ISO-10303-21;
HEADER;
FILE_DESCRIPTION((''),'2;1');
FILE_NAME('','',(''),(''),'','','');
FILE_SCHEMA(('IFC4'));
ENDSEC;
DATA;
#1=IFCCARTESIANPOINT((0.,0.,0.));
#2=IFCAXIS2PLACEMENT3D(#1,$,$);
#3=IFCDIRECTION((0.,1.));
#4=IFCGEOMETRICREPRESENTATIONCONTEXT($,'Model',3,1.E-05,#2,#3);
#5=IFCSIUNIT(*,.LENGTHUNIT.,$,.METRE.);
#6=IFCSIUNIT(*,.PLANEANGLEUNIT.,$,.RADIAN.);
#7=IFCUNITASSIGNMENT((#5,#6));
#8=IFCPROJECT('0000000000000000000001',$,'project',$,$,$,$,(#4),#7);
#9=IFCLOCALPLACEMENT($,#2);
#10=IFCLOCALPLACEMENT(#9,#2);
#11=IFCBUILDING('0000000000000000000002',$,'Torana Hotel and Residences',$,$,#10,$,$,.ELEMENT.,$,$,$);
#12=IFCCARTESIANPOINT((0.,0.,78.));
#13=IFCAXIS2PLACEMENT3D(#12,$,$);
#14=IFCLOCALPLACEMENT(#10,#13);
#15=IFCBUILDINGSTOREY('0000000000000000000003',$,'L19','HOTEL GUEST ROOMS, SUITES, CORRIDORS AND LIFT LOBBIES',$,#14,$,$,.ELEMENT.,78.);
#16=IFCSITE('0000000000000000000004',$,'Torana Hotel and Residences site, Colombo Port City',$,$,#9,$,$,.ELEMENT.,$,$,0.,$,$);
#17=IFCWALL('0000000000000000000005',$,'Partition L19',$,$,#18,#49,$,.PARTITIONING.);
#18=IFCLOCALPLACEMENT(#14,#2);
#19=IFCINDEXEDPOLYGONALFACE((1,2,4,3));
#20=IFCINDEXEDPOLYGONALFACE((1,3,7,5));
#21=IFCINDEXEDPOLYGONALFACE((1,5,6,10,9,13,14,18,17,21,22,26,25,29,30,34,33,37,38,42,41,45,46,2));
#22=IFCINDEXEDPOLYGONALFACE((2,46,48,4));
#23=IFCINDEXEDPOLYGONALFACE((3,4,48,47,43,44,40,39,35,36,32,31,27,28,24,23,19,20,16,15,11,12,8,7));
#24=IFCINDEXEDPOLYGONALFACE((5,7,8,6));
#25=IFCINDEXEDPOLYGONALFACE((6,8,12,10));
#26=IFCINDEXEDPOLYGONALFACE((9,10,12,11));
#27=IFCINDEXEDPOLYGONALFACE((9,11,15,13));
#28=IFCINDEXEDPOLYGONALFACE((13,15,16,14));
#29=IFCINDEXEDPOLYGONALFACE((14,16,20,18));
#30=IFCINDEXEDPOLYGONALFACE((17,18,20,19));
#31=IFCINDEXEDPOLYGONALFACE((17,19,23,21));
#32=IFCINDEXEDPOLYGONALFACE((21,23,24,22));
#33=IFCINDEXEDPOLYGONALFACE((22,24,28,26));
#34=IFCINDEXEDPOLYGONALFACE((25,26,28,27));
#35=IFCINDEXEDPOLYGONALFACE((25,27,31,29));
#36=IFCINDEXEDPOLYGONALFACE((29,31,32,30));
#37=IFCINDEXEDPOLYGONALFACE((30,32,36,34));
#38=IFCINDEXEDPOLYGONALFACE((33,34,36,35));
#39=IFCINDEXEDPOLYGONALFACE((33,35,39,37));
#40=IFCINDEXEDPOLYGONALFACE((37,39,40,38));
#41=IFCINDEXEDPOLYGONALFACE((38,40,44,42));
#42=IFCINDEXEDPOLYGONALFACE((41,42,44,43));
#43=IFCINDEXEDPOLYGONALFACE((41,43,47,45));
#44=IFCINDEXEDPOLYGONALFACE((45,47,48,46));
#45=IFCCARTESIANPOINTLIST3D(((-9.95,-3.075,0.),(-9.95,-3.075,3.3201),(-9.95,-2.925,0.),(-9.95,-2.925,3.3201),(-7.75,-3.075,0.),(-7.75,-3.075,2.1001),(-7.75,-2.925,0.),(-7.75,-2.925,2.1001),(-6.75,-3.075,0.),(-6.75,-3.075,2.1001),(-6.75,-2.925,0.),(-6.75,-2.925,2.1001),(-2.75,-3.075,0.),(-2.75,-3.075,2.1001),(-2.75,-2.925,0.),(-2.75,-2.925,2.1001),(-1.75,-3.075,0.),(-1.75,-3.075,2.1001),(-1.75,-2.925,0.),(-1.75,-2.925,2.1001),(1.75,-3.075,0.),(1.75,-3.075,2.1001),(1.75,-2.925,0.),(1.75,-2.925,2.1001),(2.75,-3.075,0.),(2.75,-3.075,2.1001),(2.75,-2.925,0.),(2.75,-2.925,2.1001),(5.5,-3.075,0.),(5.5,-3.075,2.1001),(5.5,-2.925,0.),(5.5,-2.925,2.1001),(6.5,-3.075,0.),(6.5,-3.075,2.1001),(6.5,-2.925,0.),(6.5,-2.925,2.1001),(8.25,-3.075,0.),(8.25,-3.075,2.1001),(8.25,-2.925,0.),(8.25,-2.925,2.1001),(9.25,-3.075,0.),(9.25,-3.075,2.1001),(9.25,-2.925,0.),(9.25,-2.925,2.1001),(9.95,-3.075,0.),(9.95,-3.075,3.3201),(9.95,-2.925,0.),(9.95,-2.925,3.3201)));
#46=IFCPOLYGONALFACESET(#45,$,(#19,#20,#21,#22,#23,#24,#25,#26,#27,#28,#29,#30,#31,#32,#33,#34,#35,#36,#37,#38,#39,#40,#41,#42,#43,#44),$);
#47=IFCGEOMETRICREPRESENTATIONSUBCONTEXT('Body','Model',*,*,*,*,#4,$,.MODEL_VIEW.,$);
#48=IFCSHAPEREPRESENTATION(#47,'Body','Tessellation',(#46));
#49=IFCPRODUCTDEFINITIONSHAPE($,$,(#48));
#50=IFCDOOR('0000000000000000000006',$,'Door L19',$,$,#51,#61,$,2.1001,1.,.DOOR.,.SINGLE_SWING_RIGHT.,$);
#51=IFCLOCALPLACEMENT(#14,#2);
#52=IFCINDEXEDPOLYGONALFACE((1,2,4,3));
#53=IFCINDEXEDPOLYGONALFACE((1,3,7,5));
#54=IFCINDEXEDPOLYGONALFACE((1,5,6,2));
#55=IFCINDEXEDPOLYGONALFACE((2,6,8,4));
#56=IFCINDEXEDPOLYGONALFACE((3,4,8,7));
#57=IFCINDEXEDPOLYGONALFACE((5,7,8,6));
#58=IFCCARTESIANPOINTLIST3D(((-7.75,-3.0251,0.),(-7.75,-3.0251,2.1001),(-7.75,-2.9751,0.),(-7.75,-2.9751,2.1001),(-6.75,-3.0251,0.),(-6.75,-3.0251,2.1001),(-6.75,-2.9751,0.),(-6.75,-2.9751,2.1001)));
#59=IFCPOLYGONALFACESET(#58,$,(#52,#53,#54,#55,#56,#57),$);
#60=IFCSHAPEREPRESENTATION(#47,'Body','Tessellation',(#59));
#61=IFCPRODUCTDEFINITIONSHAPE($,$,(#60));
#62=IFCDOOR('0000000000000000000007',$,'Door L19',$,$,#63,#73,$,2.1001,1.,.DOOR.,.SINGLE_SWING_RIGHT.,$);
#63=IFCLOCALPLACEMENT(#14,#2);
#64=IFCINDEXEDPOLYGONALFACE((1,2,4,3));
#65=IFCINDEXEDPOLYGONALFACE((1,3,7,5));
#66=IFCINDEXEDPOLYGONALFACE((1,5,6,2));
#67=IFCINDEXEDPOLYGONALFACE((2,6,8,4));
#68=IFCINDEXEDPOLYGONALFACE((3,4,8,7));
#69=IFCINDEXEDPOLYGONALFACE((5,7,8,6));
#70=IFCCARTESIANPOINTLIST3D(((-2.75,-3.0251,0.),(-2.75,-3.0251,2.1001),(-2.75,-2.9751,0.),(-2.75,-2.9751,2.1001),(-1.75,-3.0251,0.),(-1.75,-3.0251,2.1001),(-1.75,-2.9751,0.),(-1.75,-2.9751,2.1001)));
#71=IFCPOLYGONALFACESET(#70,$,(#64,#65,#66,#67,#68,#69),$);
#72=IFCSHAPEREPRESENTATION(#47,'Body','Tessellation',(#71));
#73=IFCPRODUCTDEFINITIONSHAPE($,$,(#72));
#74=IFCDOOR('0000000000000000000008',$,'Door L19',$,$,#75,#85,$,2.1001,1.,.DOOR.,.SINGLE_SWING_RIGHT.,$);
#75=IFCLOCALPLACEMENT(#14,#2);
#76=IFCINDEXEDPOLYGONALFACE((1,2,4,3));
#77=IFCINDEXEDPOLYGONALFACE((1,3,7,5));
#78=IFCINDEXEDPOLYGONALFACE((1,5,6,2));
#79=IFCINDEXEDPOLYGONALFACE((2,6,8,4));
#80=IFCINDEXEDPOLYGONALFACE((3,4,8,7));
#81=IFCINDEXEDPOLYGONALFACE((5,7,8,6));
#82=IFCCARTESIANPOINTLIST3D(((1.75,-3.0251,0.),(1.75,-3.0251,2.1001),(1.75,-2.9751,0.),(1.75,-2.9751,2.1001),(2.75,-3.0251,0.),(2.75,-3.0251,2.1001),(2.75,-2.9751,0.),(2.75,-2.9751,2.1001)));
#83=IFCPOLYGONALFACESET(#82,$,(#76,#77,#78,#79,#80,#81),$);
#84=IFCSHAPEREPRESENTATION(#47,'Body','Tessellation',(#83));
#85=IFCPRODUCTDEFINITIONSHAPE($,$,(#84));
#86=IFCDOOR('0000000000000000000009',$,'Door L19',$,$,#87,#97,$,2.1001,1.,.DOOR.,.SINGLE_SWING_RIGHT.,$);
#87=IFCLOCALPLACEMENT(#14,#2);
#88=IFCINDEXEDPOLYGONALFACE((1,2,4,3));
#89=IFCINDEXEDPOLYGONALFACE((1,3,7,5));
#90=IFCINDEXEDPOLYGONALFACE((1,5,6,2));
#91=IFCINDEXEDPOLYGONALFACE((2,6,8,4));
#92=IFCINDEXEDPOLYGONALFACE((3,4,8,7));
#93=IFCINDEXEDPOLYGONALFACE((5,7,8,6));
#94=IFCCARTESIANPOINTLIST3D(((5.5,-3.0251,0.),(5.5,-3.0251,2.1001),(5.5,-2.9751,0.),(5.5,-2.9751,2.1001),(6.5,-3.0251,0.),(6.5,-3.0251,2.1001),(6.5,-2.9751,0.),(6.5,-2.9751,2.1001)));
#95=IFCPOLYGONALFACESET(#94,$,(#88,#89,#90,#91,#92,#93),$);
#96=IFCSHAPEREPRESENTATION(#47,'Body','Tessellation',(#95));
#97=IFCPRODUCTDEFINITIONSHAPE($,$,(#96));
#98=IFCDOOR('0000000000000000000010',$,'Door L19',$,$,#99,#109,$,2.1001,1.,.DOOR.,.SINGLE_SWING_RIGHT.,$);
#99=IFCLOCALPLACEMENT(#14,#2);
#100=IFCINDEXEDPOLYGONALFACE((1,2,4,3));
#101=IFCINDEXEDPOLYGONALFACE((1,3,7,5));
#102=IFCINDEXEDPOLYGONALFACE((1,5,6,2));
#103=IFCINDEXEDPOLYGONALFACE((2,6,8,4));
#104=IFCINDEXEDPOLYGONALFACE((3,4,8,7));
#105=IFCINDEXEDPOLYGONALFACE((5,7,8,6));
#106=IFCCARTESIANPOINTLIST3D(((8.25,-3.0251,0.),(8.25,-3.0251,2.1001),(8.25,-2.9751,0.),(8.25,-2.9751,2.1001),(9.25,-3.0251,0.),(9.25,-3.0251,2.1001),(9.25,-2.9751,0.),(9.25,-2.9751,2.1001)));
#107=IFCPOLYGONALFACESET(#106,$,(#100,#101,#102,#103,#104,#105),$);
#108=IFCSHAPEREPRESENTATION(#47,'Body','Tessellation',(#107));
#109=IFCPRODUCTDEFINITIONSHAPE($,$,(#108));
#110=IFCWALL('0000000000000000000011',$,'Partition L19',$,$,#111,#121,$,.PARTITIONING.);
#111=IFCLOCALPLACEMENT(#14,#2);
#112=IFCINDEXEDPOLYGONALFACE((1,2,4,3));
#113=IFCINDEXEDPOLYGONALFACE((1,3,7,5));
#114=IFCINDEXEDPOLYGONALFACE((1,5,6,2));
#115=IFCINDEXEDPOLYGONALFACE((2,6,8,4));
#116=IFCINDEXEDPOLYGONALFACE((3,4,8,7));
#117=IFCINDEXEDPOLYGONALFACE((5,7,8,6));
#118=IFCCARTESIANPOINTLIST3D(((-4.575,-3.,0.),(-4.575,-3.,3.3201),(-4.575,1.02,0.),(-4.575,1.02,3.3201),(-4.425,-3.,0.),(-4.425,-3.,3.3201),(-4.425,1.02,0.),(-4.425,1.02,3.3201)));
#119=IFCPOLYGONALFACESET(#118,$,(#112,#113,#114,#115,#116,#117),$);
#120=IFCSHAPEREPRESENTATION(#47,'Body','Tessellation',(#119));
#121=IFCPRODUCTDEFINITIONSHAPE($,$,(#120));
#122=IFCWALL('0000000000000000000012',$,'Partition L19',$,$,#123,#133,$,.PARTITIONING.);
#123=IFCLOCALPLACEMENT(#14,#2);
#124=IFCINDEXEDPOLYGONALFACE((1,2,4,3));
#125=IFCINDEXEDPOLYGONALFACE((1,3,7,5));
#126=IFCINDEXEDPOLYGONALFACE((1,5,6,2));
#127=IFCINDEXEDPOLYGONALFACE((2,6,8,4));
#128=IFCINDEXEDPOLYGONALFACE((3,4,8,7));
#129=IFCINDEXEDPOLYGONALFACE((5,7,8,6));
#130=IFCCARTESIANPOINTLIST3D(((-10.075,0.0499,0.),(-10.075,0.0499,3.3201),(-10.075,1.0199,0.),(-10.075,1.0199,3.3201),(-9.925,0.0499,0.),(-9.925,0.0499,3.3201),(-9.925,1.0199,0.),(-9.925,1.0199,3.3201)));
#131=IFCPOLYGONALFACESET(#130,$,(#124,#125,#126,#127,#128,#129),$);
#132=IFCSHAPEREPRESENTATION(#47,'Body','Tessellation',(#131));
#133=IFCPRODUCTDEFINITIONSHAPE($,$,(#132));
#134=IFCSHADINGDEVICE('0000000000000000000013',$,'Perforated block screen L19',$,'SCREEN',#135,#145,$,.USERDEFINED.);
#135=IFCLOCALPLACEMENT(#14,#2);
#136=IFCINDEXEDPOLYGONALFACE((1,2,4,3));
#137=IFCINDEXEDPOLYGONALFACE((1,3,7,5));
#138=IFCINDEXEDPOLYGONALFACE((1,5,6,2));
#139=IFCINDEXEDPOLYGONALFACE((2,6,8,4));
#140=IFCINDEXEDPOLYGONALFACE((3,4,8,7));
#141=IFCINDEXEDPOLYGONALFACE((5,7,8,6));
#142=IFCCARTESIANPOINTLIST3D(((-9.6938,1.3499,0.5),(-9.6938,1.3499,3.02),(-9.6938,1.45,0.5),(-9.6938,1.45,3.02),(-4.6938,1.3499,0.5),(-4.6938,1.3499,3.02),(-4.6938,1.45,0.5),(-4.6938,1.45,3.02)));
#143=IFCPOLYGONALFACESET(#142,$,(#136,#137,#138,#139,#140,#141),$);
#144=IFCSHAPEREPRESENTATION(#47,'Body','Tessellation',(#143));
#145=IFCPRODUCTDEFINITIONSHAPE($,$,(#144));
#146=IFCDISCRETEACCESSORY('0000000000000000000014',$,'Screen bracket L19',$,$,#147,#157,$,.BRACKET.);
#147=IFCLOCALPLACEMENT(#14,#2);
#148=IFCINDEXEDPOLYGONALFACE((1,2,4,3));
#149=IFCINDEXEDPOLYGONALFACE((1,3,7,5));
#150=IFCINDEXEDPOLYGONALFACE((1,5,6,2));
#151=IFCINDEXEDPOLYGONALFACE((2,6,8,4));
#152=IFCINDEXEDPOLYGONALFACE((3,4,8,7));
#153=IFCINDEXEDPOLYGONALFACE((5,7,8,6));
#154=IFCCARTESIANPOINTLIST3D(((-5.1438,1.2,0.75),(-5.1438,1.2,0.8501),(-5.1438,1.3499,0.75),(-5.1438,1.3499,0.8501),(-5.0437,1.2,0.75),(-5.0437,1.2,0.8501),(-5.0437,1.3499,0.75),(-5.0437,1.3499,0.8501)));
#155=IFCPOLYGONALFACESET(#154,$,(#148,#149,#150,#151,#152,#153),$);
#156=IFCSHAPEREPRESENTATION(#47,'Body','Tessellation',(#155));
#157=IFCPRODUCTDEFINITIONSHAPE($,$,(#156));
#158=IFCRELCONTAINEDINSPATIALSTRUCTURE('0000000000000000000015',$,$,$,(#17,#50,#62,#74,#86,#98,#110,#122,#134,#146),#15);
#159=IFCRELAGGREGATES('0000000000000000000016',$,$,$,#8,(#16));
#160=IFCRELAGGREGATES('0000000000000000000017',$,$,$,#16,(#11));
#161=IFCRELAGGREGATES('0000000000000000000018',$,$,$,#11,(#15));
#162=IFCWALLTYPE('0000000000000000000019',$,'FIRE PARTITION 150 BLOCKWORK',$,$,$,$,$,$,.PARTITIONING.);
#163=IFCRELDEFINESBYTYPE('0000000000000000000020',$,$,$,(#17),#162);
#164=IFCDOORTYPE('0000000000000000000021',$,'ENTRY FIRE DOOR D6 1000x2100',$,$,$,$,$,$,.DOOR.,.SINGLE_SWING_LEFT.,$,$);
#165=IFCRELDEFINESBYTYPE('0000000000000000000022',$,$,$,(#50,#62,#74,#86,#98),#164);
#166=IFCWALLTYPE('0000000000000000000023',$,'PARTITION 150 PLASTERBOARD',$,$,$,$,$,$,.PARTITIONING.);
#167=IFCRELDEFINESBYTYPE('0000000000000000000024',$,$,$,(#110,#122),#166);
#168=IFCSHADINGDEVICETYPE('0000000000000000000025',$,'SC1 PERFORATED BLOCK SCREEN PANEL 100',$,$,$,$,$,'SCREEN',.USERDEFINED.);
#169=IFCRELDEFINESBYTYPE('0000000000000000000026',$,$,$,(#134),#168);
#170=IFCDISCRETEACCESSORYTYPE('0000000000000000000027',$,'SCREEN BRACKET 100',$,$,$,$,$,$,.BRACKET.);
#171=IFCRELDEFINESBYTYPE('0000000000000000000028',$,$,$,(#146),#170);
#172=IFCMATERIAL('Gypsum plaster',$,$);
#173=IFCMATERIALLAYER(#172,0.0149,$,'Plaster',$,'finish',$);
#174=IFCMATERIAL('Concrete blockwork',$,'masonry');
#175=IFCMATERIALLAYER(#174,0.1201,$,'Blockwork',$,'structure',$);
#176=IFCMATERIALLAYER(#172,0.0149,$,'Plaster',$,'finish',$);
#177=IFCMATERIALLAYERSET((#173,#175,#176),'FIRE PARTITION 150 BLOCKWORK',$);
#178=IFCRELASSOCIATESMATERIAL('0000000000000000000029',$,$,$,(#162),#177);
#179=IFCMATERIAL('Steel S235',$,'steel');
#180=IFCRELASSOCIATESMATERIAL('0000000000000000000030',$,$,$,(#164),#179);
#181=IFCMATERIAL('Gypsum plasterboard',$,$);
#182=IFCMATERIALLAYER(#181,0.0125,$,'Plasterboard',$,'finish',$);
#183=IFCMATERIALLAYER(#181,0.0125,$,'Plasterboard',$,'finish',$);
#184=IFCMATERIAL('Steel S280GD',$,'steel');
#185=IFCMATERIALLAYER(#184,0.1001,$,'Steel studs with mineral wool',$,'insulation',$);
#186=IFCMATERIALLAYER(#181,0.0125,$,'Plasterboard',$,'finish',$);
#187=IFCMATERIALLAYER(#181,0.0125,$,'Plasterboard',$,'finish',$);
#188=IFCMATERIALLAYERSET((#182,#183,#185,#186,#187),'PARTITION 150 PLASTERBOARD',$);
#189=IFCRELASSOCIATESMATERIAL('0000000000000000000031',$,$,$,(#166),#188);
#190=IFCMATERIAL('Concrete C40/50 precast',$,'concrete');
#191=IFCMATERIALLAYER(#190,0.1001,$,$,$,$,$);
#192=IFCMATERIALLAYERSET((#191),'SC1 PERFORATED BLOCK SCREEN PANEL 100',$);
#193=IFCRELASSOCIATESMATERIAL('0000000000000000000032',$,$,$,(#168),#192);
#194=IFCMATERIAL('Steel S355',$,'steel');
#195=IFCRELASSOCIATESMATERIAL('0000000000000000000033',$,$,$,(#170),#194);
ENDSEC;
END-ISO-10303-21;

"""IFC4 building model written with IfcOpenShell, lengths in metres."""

from ifc_helpers import new_model, si_unit, direction, frame, frame_2d, origin, origin_2d, place, context, subcontext, project, spatial, rectangle, extrude, material, layer, layer_set, type_object, element, fill, save


model = new_model("IFC4")

# Units and contexts
model_context = context("Model", 3, precision=1e-05, world=origin(), true_north=direction((0.0, 1.0)))
body_context = subcontext(model_context, "Body", "Model", "MODEL_VIEW")
ifc_project = project(units=[si_unit("LENGTHUNIT", "METRE"), si_unit("PLANEANGLEUNIT", "RADIAN")], contexts=[model_context])

# Site, building, storey
site_placement = place(None, origin())
site = spatial("IfcSite", under=ifc_project, at=site_placement, Name="Torana Hotel and Residences site, Colombo Port City", CompositionType="ELEMENT", RefElevation=0.0)
building_placement = place(site_placement, origin())
building = spatial("IfcBuilding", under=site, at=building_placement, Name="Torana Hotel and Residences", CompositionType="ELEMENT")
storey_placement = place(building_placement, frame((0.0, 0.0, 78.0)))
storey = spatial("IfcBuildingStorey", under=building, at=storey_placement, Name="L19", Description="HOTEL GUEST ROOMS, SUITES, CORRIDORS AND LIFT LOBBIES", CompositionType="ELEMENT", Elevation=78.0)

# Shared definitions
ifc_material_1 = material(Name="Gypsum plaster")
ifc_layer_1 = layer(ifc_material_1, 0.0149, Name="Plaster", Category="finish")
ifc_material_2 = material(Name="Concrete blockwork", Category="masonry")
ifc_layer_2 = layer(ifc_material_2, 0.1201, Name="Blockwork", Category="structure")
ifc_layer_3 = layer(ifc_material_1, 0.0149, Name="Plaster", Category="finish")
ifc_layer_set_1 = layer_set([ifc_layer_1, ifc_layer_2, ifc_layer_3], Name="FIRE PARTITION 150 BLOCKWORK")
wall_type_1 = type_object("IfcWallType", Name="FIRE PARTITION 150 BLOCKWORK", PredefinedType="PARTITIONING", material=ifc_layer_set_1)

# Shared definitions
ifc_material_3 = material(Name="Steel S235", Category="steel")
door_type = type_object("IfcDoorType", Name="ENTRY FIRE DOOR D6 1000x2100", OperationType="SINGLE_SWING_LEFT", PredefinedType="DOOR", material=ifc_material_3)

# Wall, openings, doors
wall_1_placement = place(storey_placement, frame((-9.95, -3.0, 0.0), z_axis=(0.0, 0.0, 1.0), x_axis=(1.0, 0.0, 0.0)))
wall_1 = element("IfcWall", 1, at=wall_1_placement, inside=storey, type_object=wall_type_1, Name="Partition L19", PredefinedType="PARTITIONING", context=body_context, shape_type="SweptSolid", body=[
    extrude(rectangle(XDim=19.8999, YDim=0.1499, at=frame_2d((9.95, 0.0))), origin(), (0.0, 0.0, 1.0), 3.3201),
])
opening_1_placement = place(wall_1_placement, frame((2.2, 0.0, 0.0)))
opening_1 = element("IfcOpeningElement", 2, at=opening_1_placement, cuts=wall_1, PredefinedType="OPENING", context=body_context, shape_type="SweptSolid", body=[
    extrude(rectangle(XDim=1.0, YDim=2.1001, at=frame_2d((0.5, 1.05))), frame((0.0, 0.085, 0.0), z_axis=(0.0, -1.0, 0.0), x_axis=(1.0, 0.0, 0.0)), (0.0, 0.0, 1.0), 0.1699),
])
opening_2_placement = place(wall_1_placement, frame((7.2, 0.0, 0.0)))
opening_2 = element("IfcOpeningElement", 3, at=opening_2_placement, cuts=wall_1, PredefinedType="OPENING", context=body_context, shape_type="SweptSolid", body=[
    extrude(rectangle(XDim=1.0, YDim=2.1001, at=frame_2d((0.5, 1.05))), frame((0.0, 0.085, 0.0), z_axis=(0.0, -1.0, 0.0), x_axis=(1.0, 0.0, 0.0)), (0.0, 0.0, 1.0), 0.1699),
])
opening_3_placement = place(wall_1_placement, frame((11.7, 0.0, 0.0)))
opening_3 = element("IfcOpeningElement", 4, at=opening_3_placement, cuts=wall_1, PredefinedType="OPENING", context=body_context, shape_type="SweptSolid", body=[
    extrude(rectangle(XDim=1.0, YDim=2.1001, at=frame_2d((0.5, 1.05))), frame((0.0, 0.085, 0.0), z_axis=(0.0, -1.0, 0.0), x_axis=(1.0, 0.0, 0.0)), (0.0, 0.0, 1.0), 0.1699),
])
opening_4_placement = place(wall_1_placement, frame((15.45, 0.0, 0.0)))
opening_4 = element("IfcOpeningElement", 5, at=opening_4_placement, cuts=wall_1, PredefinedType="OPENING", context=body_context, shape_type="SweptSolid", body=[
    extrude(rectangle(XDim=1.0, YDim=2.1001, at=frame_2d((0.5, 1.05))), frame((0.0, 0.085, 0.0), z_axis=(0.0, -1.0, 0.0), x_axis=(1.0, 0.0, 0.0)), (0.0, 0.0, 1.0), 0.1699),
])
opening_5_placement = place(wall_1_placement, frame((18.2, 0.0, 0.0)))
opening_5 = element("IfcOpeningElement", 6, at=opening_5_placement, cuts=wall_1, PredefinedType="OPENING", context=body_context, shape_type="SweptSolid", body=[
    extrude(rectangle(XDim=1.0, YDim=2.1001, at=frame_2d((0.5, 1.05))), frame((0.0, 0.085, 0.0), z_axis=(0.0, -1.0, 0.0), x_axis=(1.0, 0.0, 0.0)), (0.0, 0.0, 1.0), 0.1699),
])
door_1_placement = place(opening_1_placement, origin())
door_1 = element("IfcDoor", 7, at=door_1_placement, inside=storey, type_object=door_type, Name="Door L19", OperationType="SINGLE_SWING_RIGHT", OverallHeight=2.1001, OverallWidth=1.0, PredefinedType="DOOR", context=body_context, shape_type="SweptSolid", body=[
    extrude(rectangle(XDim=1.0, YDim=2.1001, at=frame_2d((0.5, 1.05))), frame((0.0, 0.0249, 0.0), z_axis=(0.0, -1.0, 0.0), x_axis=(1.0, 0.0, 0.0)), (0.0, 0.0, 1.0), 0.05),
])
fill(opening_1, door_1)
door_2_placement = place(opening_2_placement, origin())
door_2 = element("IfcDoor", 8, at=door_2_placement, inside=storey, type_object=door_type, Name="Door L19", OperationType="SINGLE_SWING_RIGHT", OverallHeight=2.1001, OverallWidth=1.0, PredefinedType="DOOR", context=body_context, shape_type="SweptSolid", body=[
    extrude(rectangle(XDim=1.0, YDim=2.1001, at=frame_2d((0.5, 1.05))), frame((0.0, 0.0249, 0.0), z_axis=(0.0, -1.0, 0.0), x_axis=(1.0, 0.0, 0.0)), (0.0, 0.0, 1.0), 0.05),
])
fill(opening_2, door_2)
door_3_placement = place(opening_3_placement, origin())
door_3 = element("IfcDoor", 9, at=door_3_placement, inside=storey, type_object=door_type, Name="Door L19", OperationType="SINGLE_SWING_RIGHT", OverallHeight=2.1001, OverallWidth=1.0, PredefinedType="DOOR", context=body_context, shape_type="SweptSolid", body=[
    extrude(rectangle(XDim=1.0, YDim=2.1001, at=frame_2d((0.5, 1.05))), frame((0.0, 0.0249, 0.0), z_axis=(0.0, -1.0, 0.0), x_axis=(1.0, 0.0, 0.0)), (0.0, 0.0, 1.0), 0.05),
])
fill(opening_3, door_3)
door_4_placement = place(opening_4_placement, origin())
door_4 = element("IfcDoor", 10, at=door_4_placement, inside=storey, type_object=door_type, Name="Door L19", OperationType="SINGLE_SWING_RIGHT", OverallHeight=2.1001, OverallWidth=1.0, PredefinedType="DOOR", context=body_context, shape_type="SweptSolid", body=[
    extrude(rectangle(XDim=1.0, YDim=2.1001, at=frame_2d((0.5, 1.05))), frame((0.0, 0.0249, 0.0), z_axis=(0.0, -1.0, 0.0), x_axis=(1.0, 0.0, 0.0)), (0.0, 0.0, 1.0), 0.05),
])
fill(opening_4, door_4)
door_5_placement = place(opening_5_placement, origin())
door_5 = element("IfcDoor", 11, at=door_5_placement, inside=storey, type_object=door_type, Name="Door L19", OperationType="SINGLE_SWING_RIGHT", OverallHeight=2.1001, OverallWidth=1.0, PredefinedType="DOOR", context=body_context, shape_type="SweptSolid", body=[
    extrude(rectangle(XDim=1.0, YDim=2.1001, at=frame_2d((0.5, 1.05))), frame((0.0, 0.0249, 0.0), z_axis=(0.0, -1.0, 0.0), x_axis=(1.0, 0.0, 0.0)), (0.0, 0.0, 1.0), 0.05),
])
fill(opening_5, door_5)

# Walls
ifc_material_4 = material(Name="Gypsum plasterboard")
ifc_layer_4 = layer(ifc_material_4, 0.0125, Name="Plasterboard", Category="finish")
ifc_layer_5 = layer(ifc_material_4, 0.0125, Name="Plasterboard", Category="finish")
ifc_material_5 = material(Name="Steel S280GD", Category="steel")
ifc_layer_6 = layer(ifc_material_5, 0.1001, Name="Steel studs with mineral wool", Category="insulation")
ifc_layer_7 = layer(ifc_material_4, 0.0125, Name="Plasterboard", Category="finish")
ifc_layer_8 = layer(ifc_material_4, 0.0125, Name="Plasterboard", Category="finish")
ifc_layer_set_2 = layer_set([ifc_layer_4, ifc_layer_5, ifc_layer_6, ifc_layer_7, ifc_layer_8], Name="PARTITION 150 PLASTERBOARD")
wall_type_2 = type_object("IfcWallType", Name="PARTITION 150 PLASTERBOARD", PredefinedType="PARTITIONING", material=ifc_layer_set_2)
wall_2_placement = place(storey_placement, frame((-4.5, -3.0, 0.0), z_axis=(0.0, 0.0, 1.0), x_axis=(0.0, 1.0, 0.0)))
element("IfcWall", 12, at=wall_2_placement, inside=storey, type_object=wall_type_2, Name="Partition L19", PredefinedType="PARTITIONING", context=body_context, shape_type="SweptSolid", body=[
    extrude(rectangle(XDim=4.02, YDim=0.1499, at=frame_2d((2.01, 0.0))), origin(), (0.0, 0.0, 1.0), 3.3201),
])
wall_3_placement = place(storey_placement, frame((-10.0, 0.05, 0.0), z_axis=(0.0, 0.0, 1.0), x_axis=(0.0, 1.0, 0.0)))
element("IfcWall", 13, at=wall_3_placement, inside=storey, type_object=wall_type_2, Name="Partition L19", PredefinedType="PARTITIONING", context=body_context, shape_type="SweptSolid", body=[
    extrude(rectangle(XDim=0.97, YDim=0.1499, at=frame_2d((0.4849, 0.0))), origin(), (0.0, 0.0, 1.0), 3.3201),
])

# Shading device
ifc_material_6 = material(Name="Concrete C40/50 precast", Category="concrete")
ifc_layer_9 = layer(ifc_material_6, 0.1001)
ifc_layer_set_3 = layer_set([ifc_layer_9], Name="SC1 PERFORATED BLOCK SCREEN PANEL 100")
shading_device_type = type_object("IfcShadingDeviceType", Name="SC1 PERFORATED BLOCK SCREEN PANEL 100", ElementType="SCREEN", PredefinedType="USERDEFINED", material=ifc_layer_set_3)
shading_device_placement = place(storey_placement, frame((-7.1938, 1.3999, 0.5), z_axis=(0.0, 0.0, 1.0), x_axis=(-1.0, 0.0, 0.0)))
element("IfcShadingDevice", 14, at=shading_device_placement, inside=storey, type_object=shading_device_type, Name="Perforated block screen L19", ObjectType="SCREEN", PredefinedType="USERDEFINED", context=body_context, shape_type="SweptSolid", body=[
    extrude(rectangle(XDim=5.0, YDim=0.1001, at=origin_2d()), origin(), (0.0, 0.0, 1.0), 2.52),
])

# Discrete accessory
ifc_material_7 = material(Name="Steel S355", Category="steel")
discrete_accessory_type = type_object("IfcDiscreteAccessoryType", Name="SCREEN BRACKET 100", PredefinedType="BRACKET", material=ifc_material_7)
for number, where, z_axis, x_axis, name in (
    (15, (-5.0938, 1.2749, 0.75), (0.0, 0.0, 1.0), (-1.0, 0.0, 0.0), "Screen bracket L19"),
):
    element("IfcDiscreteAccessory", number, at=place(storey_placement, frame(where, z_axis=z_axis, x_axis=x_axis)), inside=storey, type_object=discrete_accessory_type, Name=name, PredefinedType="BRACKET", context=body_context, shape_type="SweptSolid", body=[
        extrude(rectangle(XDim=0.1001, YDim=0.1499, at=origin_2d()), origin(), (0.0, 0.0, 1.0), 0.1001),
    ])

save(model, "model.ifc")
